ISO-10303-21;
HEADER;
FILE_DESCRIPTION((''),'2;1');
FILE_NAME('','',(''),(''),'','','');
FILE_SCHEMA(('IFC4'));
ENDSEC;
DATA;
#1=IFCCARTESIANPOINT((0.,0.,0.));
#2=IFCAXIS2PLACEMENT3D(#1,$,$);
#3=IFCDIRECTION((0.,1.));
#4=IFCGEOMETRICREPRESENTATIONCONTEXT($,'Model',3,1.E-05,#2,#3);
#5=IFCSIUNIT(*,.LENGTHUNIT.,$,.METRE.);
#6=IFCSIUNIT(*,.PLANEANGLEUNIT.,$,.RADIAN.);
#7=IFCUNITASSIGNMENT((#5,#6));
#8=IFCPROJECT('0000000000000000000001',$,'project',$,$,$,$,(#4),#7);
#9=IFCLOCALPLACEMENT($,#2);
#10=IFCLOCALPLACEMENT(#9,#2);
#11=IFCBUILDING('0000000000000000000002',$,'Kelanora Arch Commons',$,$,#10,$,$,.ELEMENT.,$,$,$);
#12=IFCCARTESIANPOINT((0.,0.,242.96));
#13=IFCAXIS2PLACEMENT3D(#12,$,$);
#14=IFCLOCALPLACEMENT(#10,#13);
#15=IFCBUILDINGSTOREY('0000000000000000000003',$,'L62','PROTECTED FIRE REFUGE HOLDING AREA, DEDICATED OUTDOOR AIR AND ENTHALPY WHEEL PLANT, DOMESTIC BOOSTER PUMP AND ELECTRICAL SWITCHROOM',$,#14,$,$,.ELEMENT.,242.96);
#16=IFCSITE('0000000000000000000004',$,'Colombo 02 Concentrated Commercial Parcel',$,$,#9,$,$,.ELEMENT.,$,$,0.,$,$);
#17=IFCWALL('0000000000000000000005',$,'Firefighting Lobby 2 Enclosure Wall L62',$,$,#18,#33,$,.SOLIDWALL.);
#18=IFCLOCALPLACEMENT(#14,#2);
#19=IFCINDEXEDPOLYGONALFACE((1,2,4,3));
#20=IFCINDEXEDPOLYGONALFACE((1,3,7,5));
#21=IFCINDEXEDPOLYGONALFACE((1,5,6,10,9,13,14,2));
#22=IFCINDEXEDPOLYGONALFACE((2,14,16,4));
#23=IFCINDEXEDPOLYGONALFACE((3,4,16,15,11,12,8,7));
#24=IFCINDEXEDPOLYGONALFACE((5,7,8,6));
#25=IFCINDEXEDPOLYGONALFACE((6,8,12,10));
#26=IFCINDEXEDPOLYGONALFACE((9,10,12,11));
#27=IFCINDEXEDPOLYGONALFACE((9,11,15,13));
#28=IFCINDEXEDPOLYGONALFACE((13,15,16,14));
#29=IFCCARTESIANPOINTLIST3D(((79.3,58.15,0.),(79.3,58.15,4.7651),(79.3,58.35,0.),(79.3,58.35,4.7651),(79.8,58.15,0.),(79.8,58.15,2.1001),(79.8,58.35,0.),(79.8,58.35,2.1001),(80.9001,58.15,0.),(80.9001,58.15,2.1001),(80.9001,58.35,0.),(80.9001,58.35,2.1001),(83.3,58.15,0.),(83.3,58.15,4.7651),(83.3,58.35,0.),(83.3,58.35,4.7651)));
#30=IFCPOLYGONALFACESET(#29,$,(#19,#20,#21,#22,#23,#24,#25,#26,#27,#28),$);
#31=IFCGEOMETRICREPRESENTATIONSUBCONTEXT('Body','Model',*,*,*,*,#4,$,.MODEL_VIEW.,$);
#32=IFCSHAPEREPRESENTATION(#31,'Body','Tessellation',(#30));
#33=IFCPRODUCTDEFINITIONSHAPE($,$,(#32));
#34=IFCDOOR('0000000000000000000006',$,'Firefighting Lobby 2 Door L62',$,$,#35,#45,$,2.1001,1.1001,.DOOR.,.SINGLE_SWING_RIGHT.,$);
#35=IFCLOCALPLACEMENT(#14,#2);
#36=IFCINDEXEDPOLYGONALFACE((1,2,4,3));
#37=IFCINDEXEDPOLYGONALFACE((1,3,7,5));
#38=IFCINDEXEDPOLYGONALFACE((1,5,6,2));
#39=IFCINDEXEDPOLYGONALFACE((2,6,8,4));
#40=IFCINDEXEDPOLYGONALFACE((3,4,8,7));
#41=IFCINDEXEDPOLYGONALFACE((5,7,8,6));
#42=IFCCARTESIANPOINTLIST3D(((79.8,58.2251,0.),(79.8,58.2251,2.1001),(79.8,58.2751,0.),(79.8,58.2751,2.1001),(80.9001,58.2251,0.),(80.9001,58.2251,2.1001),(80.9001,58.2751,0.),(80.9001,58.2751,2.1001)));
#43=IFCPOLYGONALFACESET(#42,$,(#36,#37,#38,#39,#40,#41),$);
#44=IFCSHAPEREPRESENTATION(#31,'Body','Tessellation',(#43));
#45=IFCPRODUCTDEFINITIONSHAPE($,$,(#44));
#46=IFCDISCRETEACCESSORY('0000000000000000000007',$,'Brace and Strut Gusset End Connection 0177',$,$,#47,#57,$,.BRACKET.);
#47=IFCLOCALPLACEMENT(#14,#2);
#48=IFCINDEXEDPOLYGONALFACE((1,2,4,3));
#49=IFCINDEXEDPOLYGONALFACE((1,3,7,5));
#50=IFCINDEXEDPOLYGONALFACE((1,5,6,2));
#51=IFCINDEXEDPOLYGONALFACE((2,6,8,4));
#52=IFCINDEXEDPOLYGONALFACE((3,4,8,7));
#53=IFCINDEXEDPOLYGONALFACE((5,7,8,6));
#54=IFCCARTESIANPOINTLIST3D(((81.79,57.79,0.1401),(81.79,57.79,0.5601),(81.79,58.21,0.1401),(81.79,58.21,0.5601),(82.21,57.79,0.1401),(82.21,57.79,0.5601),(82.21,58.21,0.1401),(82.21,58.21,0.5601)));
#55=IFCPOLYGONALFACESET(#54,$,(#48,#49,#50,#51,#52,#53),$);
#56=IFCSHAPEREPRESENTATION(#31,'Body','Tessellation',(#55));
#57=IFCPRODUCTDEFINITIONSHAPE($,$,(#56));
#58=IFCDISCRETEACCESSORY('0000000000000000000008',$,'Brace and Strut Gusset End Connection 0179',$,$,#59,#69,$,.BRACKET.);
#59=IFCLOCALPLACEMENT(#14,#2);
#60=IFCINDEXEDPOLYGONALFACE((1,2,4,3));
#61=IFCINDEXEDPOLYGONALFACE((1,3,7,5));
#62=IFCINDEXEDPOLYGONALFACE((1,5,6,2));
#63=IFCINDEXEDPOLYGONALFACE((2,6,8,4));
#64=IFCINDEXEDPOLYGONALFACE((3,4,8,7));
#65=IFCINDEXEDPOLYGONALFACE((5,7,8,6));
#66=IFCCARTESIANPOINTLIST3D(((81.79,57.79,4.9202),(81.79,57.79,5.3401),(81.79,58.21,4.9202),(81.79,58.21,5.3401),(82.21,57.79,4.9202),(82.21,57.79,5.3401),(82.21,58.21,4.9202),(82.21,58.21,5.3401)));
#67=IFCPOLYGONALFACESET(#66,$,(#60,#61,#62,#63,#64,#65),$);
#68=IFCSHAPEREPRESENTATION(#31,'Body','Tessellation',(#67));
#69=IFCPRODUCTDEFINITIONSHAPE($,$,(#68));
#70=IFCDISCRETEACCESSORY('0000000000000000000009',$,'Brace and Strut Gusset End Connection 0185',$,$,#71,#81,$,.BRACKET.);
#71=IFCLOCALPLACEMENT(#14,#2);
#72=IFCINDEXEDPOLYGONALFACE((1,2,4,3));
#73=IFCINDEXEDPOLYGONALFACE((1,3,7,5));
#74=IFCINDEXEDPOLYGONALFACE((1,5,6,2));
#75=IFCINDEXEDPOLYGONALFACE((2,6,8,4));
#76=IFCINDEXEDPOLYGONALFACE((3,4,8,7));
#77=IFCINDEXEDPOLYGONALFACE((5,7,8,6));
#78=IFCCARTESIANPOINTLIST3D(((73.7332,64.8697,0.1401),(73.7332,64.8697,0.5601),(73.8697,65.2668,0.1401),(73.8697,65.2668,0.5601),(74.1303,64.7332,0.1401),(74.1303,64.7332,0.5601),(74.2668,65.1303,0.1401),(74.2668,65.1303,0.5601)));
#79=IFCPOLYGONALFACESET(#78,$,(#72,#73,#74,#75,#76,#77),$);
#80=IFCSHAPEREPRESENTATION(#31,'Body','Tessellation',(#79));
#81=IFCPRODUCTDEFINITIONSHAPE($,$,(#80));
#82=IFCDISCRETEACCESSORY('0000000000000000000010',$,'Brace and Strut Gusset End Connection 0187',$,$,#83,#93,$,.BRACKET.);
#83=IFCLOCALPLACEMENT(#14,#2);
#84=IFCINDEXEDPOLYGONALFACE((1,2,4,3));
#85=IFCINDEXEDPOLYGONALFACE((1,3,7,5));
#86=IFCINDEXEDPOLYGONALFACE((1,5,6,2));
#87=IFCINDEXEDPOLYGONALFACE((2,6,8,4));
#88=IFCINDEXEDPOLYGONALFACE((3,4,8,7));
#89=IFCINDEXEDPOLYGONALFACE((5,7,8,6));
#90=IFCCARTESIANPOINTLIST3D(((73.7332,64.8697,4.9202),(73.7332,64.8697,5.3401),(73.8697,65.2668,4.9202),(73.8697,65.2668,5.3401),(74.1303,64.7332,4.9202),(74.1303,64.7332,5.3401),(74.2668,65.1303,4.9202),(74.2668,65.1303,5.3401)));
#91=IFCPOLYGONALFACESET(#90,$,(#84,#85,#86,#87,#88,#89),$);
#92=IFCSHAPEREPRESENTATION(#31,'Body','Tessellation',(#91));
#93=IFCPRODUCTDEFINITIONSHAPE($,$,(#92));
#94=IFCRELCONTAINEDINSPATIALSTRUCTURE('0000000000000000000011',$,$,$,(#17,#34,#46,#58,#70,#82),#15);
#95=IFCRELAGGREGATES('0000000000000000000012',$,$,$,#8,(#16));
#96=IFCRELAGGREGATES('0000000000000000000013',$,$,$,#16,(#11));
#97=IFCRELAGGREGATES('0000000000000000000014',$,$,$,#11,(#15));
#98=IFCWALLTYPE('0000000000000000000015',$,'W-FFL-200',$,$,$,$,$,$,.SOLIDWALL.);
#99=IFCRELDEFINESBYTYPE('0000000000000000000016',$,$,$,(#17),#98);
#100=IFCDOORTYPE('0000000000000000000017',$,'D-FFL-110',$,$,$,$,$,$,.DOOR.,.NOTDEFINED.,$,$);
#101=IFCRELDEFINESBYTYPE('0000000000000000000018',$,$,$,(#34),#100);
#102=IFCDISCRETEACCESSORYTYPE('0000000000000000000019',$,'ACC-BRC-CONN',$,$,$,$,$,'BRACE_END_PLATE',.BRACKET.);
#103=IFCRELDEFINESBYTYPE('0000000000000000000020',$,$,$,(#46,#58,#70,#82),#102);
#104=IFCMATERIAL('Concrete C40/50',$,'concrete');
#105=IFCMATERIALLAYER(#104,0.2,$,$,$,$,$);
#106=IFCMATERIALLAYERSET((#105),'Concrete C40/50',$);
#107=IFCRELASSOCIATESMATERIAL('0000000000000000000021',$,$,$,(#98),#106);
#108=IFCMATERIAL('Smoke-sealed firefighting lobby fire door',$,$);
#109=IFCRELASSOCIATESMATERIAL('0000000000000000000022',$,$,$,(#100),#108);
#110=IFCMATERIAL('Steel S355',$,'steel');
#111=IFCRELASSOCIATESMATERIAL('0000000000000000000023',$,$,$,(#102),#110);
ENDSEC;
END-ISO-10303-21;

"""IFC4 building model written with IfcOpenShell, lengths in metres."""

from ifc_helpers import new_model, si_unit, direction, frame, frame_2d, origin, origin_2d, place, context, subcontext, project, spatial, rectangle, extrude, source, transform, mapped, material, layer, layer_set, type_object, element, fill, save


model = new_model("IFC4")

# Units and contexts
model_context = context("Model", 3, precision=1e-05, world=origin(), true_north=direction((0.0, 1.0)))
body_context = subcontext(model_context, "Body", "Model", "MODEL_VIEW")
ifc_project = project(units=[si_unit("LENGTHUNIT", "METRE"), si_unit("PLANEANGLEUNIT", "RADIAN")], contexts=[model_context])

# Site, building, storey
site_placement = place(None, origin())
site = spatial("IfcSite", under=ifc_project, at=site_placement, Name="Colombo 02 Concentrated Commercial Parcel", CompositionType="ELEMENT", RefElevation=0.0)
building_placement = place(site_placement, origin())
building = spatial("IfcBuilding", under=site, at=building_placement, Name="Kelanora Arch Commons", CompositionType="ELEMENT")
storey_placement = place(building_placement, frame((0.0, 0.0, 242.96)))
storey = spatial("IfcBuildingStorey", under=building, at=storey_placement, Name="L62", Description="PROTECTED FIRE REFUGE HOLDING AREA, DEDICATED OUTDOOR AIR AND ENTHALPY WHEEL PLANT, DOMESTIC BOOSTER PUMP AND ELECTRICAL SWITCHROOM", CompositionType="ELEMENT", Elevation=242.96)

# Shared definitions
ifc_material_1 = material(Name="Steel S355", Category="steel")

# Wall, opening, door
ifc_material_2 = material(Name="Concrete C40/50", Category="concrete")
ifc_layer_1 = layer(ifc_material_2, 0.2)
ifc_layer_set_1 = layer_set([ifc_layer_1], Name="Concrete C40/50")
wall_type_1 = type_object("IfcWallType", Name="W-FFL-200", PredefinedType="SOLIDWALL", material=ifc_layer_set_1)
ifc_material_3 = material(Name="Smoke-sealed firefighting lobby fire door")
door_type_1 = type_object("IfcDoorType", Name="D-FFL-110", OperationType="NOTDEFINED", PredefinedType="DOOR", material=ifc_material_3)
wall_1_placement = place(storey_placement, frame((79.3, 58.25, 0.0), z_axis=(0.0, 0.0, 1.0), x_axis=(1.0, 0.0, 0.0)))
wall_1 = element("IfcWall", 1, at=wall_1_placement, inside=storey, type_object=wall_type_1, Name="Firefighting Lobby 2 Enclosure Wall L62", PredefinedType="SOLIDWALL", context=body_context, shape_type="SweptSolid", body=[
    extrude(rectangle(XDim=4.0, YDim=0.2, at=frame_2d((2.0, 0.0))), origin(), (0.0, 0.0, 1.0), 4.7651),
])
opening_1_placement = place(wall_1_placement, frame((0.5, 0.0, 0.0)))
opening_1 = element("IfcOpeningElement", 2, at=opening_1_placement, cuts=wall_1, PredefinedType="OPENING", context=body_context, shape_type="SweptSolid", body=[
    extrude(rectangle(XDim=1.1001, YDim=2.1001, at=frame_2d((0.55, 1.05))), frame((0.0, 0.1099, 0.0), z_axis=(0.0, -1.0, 0.0), x_axis=(1.0, 0.0, 0.0)), (0.0, 0.0, 1.0), 0.22),
])
door_1_placement = place(opening_1_placement, frame((1.1001, 0.0, 0.0), z_axis=(0.0, 0.0, 1.0), x_axis=(-1.0, 0.0, 0.0)))
door_1 = element("IfcDoor", 3, at=door_1_placement, inside=storey, type_object=door_type_1, Name="Firefighting Lobby 2 Door L62", OperationType="SINGLE_SWING_RIGHT", OverallHeight=2.1001, OverallWidth=1.1001, PredefinedType="DOOR", context=body_context, shape_type="SweptSolid", body=[
    extrude(rectangle(XDim=1.1001, YDim=2.1001, at=frame_2d((0.55, 1.05))), frame((0.0, 0.0249, 0.0), z_axis=(0.0, -1.0, 0.0), x_axis=(1.0, 0.0, 0.0)), (0.0, 0.0, 1.0), 0.05),
])
fill(opening_1, door_1)

# Discrete accessories
discrete_accessory_type = type_object("IfcDiscreteAccessoryType", Name="ACC-BRC-CONN", ElementType="BRACE_END_PLATE", PredefinedType="BRACKET", material=ifc_material_1)
shared_shape_1 = source(origin(), body_context, "Body", "SweptSolid", [
    extrude(rectangle(XDim=0.4199, YDim=0.4199, at=origin_2d()), origin(), (0.0, 0.0, 1.0), 0.4199),
])
for number, where, z_axis, x_axis, name in (
    (4, (82.0, 58.0, 0.1401), (0.0, 0.0, 1.0), (1.0, 0.0, 0.0), "Brace and Strut Gusset End Connection 0177"),
    (5, (82.0, 58.0, 4.9202), (0.0, 0.0, 1.0), (1.0, 0.0, 0.0), "Brace and Strut Gusset End Connection 0179"),
    (6, (74.0, 65.0, 0.1401), (0.0, 0.0, 1.0), (0.325238, 0.945632, 0.0), "Brace and Strut Gusset End Connection 0185"),
    (7, (74.0, 65.0, 4.9202), (0.0, 0.0, 1.0), (0.325238, 0.945632, 0.0), "Brace and Strut Gusset End Connection 0187"),
):
    element("IfcDiscreteAccessory", number, at=place(storey_placement, frame(where, z_axis=z_axis, x_axis=x_axis)), inside=storey, type_object=discrete_accessory_type, Name=name, PredefinedType="BRACKET", context=body_context, shape_type="MappedRepresentation", body=[
        mapped(shared_shape_1, transform((0.0, 0.0, 0.0), scale=1.0)),
    ])

save(model, "model.ifc")
